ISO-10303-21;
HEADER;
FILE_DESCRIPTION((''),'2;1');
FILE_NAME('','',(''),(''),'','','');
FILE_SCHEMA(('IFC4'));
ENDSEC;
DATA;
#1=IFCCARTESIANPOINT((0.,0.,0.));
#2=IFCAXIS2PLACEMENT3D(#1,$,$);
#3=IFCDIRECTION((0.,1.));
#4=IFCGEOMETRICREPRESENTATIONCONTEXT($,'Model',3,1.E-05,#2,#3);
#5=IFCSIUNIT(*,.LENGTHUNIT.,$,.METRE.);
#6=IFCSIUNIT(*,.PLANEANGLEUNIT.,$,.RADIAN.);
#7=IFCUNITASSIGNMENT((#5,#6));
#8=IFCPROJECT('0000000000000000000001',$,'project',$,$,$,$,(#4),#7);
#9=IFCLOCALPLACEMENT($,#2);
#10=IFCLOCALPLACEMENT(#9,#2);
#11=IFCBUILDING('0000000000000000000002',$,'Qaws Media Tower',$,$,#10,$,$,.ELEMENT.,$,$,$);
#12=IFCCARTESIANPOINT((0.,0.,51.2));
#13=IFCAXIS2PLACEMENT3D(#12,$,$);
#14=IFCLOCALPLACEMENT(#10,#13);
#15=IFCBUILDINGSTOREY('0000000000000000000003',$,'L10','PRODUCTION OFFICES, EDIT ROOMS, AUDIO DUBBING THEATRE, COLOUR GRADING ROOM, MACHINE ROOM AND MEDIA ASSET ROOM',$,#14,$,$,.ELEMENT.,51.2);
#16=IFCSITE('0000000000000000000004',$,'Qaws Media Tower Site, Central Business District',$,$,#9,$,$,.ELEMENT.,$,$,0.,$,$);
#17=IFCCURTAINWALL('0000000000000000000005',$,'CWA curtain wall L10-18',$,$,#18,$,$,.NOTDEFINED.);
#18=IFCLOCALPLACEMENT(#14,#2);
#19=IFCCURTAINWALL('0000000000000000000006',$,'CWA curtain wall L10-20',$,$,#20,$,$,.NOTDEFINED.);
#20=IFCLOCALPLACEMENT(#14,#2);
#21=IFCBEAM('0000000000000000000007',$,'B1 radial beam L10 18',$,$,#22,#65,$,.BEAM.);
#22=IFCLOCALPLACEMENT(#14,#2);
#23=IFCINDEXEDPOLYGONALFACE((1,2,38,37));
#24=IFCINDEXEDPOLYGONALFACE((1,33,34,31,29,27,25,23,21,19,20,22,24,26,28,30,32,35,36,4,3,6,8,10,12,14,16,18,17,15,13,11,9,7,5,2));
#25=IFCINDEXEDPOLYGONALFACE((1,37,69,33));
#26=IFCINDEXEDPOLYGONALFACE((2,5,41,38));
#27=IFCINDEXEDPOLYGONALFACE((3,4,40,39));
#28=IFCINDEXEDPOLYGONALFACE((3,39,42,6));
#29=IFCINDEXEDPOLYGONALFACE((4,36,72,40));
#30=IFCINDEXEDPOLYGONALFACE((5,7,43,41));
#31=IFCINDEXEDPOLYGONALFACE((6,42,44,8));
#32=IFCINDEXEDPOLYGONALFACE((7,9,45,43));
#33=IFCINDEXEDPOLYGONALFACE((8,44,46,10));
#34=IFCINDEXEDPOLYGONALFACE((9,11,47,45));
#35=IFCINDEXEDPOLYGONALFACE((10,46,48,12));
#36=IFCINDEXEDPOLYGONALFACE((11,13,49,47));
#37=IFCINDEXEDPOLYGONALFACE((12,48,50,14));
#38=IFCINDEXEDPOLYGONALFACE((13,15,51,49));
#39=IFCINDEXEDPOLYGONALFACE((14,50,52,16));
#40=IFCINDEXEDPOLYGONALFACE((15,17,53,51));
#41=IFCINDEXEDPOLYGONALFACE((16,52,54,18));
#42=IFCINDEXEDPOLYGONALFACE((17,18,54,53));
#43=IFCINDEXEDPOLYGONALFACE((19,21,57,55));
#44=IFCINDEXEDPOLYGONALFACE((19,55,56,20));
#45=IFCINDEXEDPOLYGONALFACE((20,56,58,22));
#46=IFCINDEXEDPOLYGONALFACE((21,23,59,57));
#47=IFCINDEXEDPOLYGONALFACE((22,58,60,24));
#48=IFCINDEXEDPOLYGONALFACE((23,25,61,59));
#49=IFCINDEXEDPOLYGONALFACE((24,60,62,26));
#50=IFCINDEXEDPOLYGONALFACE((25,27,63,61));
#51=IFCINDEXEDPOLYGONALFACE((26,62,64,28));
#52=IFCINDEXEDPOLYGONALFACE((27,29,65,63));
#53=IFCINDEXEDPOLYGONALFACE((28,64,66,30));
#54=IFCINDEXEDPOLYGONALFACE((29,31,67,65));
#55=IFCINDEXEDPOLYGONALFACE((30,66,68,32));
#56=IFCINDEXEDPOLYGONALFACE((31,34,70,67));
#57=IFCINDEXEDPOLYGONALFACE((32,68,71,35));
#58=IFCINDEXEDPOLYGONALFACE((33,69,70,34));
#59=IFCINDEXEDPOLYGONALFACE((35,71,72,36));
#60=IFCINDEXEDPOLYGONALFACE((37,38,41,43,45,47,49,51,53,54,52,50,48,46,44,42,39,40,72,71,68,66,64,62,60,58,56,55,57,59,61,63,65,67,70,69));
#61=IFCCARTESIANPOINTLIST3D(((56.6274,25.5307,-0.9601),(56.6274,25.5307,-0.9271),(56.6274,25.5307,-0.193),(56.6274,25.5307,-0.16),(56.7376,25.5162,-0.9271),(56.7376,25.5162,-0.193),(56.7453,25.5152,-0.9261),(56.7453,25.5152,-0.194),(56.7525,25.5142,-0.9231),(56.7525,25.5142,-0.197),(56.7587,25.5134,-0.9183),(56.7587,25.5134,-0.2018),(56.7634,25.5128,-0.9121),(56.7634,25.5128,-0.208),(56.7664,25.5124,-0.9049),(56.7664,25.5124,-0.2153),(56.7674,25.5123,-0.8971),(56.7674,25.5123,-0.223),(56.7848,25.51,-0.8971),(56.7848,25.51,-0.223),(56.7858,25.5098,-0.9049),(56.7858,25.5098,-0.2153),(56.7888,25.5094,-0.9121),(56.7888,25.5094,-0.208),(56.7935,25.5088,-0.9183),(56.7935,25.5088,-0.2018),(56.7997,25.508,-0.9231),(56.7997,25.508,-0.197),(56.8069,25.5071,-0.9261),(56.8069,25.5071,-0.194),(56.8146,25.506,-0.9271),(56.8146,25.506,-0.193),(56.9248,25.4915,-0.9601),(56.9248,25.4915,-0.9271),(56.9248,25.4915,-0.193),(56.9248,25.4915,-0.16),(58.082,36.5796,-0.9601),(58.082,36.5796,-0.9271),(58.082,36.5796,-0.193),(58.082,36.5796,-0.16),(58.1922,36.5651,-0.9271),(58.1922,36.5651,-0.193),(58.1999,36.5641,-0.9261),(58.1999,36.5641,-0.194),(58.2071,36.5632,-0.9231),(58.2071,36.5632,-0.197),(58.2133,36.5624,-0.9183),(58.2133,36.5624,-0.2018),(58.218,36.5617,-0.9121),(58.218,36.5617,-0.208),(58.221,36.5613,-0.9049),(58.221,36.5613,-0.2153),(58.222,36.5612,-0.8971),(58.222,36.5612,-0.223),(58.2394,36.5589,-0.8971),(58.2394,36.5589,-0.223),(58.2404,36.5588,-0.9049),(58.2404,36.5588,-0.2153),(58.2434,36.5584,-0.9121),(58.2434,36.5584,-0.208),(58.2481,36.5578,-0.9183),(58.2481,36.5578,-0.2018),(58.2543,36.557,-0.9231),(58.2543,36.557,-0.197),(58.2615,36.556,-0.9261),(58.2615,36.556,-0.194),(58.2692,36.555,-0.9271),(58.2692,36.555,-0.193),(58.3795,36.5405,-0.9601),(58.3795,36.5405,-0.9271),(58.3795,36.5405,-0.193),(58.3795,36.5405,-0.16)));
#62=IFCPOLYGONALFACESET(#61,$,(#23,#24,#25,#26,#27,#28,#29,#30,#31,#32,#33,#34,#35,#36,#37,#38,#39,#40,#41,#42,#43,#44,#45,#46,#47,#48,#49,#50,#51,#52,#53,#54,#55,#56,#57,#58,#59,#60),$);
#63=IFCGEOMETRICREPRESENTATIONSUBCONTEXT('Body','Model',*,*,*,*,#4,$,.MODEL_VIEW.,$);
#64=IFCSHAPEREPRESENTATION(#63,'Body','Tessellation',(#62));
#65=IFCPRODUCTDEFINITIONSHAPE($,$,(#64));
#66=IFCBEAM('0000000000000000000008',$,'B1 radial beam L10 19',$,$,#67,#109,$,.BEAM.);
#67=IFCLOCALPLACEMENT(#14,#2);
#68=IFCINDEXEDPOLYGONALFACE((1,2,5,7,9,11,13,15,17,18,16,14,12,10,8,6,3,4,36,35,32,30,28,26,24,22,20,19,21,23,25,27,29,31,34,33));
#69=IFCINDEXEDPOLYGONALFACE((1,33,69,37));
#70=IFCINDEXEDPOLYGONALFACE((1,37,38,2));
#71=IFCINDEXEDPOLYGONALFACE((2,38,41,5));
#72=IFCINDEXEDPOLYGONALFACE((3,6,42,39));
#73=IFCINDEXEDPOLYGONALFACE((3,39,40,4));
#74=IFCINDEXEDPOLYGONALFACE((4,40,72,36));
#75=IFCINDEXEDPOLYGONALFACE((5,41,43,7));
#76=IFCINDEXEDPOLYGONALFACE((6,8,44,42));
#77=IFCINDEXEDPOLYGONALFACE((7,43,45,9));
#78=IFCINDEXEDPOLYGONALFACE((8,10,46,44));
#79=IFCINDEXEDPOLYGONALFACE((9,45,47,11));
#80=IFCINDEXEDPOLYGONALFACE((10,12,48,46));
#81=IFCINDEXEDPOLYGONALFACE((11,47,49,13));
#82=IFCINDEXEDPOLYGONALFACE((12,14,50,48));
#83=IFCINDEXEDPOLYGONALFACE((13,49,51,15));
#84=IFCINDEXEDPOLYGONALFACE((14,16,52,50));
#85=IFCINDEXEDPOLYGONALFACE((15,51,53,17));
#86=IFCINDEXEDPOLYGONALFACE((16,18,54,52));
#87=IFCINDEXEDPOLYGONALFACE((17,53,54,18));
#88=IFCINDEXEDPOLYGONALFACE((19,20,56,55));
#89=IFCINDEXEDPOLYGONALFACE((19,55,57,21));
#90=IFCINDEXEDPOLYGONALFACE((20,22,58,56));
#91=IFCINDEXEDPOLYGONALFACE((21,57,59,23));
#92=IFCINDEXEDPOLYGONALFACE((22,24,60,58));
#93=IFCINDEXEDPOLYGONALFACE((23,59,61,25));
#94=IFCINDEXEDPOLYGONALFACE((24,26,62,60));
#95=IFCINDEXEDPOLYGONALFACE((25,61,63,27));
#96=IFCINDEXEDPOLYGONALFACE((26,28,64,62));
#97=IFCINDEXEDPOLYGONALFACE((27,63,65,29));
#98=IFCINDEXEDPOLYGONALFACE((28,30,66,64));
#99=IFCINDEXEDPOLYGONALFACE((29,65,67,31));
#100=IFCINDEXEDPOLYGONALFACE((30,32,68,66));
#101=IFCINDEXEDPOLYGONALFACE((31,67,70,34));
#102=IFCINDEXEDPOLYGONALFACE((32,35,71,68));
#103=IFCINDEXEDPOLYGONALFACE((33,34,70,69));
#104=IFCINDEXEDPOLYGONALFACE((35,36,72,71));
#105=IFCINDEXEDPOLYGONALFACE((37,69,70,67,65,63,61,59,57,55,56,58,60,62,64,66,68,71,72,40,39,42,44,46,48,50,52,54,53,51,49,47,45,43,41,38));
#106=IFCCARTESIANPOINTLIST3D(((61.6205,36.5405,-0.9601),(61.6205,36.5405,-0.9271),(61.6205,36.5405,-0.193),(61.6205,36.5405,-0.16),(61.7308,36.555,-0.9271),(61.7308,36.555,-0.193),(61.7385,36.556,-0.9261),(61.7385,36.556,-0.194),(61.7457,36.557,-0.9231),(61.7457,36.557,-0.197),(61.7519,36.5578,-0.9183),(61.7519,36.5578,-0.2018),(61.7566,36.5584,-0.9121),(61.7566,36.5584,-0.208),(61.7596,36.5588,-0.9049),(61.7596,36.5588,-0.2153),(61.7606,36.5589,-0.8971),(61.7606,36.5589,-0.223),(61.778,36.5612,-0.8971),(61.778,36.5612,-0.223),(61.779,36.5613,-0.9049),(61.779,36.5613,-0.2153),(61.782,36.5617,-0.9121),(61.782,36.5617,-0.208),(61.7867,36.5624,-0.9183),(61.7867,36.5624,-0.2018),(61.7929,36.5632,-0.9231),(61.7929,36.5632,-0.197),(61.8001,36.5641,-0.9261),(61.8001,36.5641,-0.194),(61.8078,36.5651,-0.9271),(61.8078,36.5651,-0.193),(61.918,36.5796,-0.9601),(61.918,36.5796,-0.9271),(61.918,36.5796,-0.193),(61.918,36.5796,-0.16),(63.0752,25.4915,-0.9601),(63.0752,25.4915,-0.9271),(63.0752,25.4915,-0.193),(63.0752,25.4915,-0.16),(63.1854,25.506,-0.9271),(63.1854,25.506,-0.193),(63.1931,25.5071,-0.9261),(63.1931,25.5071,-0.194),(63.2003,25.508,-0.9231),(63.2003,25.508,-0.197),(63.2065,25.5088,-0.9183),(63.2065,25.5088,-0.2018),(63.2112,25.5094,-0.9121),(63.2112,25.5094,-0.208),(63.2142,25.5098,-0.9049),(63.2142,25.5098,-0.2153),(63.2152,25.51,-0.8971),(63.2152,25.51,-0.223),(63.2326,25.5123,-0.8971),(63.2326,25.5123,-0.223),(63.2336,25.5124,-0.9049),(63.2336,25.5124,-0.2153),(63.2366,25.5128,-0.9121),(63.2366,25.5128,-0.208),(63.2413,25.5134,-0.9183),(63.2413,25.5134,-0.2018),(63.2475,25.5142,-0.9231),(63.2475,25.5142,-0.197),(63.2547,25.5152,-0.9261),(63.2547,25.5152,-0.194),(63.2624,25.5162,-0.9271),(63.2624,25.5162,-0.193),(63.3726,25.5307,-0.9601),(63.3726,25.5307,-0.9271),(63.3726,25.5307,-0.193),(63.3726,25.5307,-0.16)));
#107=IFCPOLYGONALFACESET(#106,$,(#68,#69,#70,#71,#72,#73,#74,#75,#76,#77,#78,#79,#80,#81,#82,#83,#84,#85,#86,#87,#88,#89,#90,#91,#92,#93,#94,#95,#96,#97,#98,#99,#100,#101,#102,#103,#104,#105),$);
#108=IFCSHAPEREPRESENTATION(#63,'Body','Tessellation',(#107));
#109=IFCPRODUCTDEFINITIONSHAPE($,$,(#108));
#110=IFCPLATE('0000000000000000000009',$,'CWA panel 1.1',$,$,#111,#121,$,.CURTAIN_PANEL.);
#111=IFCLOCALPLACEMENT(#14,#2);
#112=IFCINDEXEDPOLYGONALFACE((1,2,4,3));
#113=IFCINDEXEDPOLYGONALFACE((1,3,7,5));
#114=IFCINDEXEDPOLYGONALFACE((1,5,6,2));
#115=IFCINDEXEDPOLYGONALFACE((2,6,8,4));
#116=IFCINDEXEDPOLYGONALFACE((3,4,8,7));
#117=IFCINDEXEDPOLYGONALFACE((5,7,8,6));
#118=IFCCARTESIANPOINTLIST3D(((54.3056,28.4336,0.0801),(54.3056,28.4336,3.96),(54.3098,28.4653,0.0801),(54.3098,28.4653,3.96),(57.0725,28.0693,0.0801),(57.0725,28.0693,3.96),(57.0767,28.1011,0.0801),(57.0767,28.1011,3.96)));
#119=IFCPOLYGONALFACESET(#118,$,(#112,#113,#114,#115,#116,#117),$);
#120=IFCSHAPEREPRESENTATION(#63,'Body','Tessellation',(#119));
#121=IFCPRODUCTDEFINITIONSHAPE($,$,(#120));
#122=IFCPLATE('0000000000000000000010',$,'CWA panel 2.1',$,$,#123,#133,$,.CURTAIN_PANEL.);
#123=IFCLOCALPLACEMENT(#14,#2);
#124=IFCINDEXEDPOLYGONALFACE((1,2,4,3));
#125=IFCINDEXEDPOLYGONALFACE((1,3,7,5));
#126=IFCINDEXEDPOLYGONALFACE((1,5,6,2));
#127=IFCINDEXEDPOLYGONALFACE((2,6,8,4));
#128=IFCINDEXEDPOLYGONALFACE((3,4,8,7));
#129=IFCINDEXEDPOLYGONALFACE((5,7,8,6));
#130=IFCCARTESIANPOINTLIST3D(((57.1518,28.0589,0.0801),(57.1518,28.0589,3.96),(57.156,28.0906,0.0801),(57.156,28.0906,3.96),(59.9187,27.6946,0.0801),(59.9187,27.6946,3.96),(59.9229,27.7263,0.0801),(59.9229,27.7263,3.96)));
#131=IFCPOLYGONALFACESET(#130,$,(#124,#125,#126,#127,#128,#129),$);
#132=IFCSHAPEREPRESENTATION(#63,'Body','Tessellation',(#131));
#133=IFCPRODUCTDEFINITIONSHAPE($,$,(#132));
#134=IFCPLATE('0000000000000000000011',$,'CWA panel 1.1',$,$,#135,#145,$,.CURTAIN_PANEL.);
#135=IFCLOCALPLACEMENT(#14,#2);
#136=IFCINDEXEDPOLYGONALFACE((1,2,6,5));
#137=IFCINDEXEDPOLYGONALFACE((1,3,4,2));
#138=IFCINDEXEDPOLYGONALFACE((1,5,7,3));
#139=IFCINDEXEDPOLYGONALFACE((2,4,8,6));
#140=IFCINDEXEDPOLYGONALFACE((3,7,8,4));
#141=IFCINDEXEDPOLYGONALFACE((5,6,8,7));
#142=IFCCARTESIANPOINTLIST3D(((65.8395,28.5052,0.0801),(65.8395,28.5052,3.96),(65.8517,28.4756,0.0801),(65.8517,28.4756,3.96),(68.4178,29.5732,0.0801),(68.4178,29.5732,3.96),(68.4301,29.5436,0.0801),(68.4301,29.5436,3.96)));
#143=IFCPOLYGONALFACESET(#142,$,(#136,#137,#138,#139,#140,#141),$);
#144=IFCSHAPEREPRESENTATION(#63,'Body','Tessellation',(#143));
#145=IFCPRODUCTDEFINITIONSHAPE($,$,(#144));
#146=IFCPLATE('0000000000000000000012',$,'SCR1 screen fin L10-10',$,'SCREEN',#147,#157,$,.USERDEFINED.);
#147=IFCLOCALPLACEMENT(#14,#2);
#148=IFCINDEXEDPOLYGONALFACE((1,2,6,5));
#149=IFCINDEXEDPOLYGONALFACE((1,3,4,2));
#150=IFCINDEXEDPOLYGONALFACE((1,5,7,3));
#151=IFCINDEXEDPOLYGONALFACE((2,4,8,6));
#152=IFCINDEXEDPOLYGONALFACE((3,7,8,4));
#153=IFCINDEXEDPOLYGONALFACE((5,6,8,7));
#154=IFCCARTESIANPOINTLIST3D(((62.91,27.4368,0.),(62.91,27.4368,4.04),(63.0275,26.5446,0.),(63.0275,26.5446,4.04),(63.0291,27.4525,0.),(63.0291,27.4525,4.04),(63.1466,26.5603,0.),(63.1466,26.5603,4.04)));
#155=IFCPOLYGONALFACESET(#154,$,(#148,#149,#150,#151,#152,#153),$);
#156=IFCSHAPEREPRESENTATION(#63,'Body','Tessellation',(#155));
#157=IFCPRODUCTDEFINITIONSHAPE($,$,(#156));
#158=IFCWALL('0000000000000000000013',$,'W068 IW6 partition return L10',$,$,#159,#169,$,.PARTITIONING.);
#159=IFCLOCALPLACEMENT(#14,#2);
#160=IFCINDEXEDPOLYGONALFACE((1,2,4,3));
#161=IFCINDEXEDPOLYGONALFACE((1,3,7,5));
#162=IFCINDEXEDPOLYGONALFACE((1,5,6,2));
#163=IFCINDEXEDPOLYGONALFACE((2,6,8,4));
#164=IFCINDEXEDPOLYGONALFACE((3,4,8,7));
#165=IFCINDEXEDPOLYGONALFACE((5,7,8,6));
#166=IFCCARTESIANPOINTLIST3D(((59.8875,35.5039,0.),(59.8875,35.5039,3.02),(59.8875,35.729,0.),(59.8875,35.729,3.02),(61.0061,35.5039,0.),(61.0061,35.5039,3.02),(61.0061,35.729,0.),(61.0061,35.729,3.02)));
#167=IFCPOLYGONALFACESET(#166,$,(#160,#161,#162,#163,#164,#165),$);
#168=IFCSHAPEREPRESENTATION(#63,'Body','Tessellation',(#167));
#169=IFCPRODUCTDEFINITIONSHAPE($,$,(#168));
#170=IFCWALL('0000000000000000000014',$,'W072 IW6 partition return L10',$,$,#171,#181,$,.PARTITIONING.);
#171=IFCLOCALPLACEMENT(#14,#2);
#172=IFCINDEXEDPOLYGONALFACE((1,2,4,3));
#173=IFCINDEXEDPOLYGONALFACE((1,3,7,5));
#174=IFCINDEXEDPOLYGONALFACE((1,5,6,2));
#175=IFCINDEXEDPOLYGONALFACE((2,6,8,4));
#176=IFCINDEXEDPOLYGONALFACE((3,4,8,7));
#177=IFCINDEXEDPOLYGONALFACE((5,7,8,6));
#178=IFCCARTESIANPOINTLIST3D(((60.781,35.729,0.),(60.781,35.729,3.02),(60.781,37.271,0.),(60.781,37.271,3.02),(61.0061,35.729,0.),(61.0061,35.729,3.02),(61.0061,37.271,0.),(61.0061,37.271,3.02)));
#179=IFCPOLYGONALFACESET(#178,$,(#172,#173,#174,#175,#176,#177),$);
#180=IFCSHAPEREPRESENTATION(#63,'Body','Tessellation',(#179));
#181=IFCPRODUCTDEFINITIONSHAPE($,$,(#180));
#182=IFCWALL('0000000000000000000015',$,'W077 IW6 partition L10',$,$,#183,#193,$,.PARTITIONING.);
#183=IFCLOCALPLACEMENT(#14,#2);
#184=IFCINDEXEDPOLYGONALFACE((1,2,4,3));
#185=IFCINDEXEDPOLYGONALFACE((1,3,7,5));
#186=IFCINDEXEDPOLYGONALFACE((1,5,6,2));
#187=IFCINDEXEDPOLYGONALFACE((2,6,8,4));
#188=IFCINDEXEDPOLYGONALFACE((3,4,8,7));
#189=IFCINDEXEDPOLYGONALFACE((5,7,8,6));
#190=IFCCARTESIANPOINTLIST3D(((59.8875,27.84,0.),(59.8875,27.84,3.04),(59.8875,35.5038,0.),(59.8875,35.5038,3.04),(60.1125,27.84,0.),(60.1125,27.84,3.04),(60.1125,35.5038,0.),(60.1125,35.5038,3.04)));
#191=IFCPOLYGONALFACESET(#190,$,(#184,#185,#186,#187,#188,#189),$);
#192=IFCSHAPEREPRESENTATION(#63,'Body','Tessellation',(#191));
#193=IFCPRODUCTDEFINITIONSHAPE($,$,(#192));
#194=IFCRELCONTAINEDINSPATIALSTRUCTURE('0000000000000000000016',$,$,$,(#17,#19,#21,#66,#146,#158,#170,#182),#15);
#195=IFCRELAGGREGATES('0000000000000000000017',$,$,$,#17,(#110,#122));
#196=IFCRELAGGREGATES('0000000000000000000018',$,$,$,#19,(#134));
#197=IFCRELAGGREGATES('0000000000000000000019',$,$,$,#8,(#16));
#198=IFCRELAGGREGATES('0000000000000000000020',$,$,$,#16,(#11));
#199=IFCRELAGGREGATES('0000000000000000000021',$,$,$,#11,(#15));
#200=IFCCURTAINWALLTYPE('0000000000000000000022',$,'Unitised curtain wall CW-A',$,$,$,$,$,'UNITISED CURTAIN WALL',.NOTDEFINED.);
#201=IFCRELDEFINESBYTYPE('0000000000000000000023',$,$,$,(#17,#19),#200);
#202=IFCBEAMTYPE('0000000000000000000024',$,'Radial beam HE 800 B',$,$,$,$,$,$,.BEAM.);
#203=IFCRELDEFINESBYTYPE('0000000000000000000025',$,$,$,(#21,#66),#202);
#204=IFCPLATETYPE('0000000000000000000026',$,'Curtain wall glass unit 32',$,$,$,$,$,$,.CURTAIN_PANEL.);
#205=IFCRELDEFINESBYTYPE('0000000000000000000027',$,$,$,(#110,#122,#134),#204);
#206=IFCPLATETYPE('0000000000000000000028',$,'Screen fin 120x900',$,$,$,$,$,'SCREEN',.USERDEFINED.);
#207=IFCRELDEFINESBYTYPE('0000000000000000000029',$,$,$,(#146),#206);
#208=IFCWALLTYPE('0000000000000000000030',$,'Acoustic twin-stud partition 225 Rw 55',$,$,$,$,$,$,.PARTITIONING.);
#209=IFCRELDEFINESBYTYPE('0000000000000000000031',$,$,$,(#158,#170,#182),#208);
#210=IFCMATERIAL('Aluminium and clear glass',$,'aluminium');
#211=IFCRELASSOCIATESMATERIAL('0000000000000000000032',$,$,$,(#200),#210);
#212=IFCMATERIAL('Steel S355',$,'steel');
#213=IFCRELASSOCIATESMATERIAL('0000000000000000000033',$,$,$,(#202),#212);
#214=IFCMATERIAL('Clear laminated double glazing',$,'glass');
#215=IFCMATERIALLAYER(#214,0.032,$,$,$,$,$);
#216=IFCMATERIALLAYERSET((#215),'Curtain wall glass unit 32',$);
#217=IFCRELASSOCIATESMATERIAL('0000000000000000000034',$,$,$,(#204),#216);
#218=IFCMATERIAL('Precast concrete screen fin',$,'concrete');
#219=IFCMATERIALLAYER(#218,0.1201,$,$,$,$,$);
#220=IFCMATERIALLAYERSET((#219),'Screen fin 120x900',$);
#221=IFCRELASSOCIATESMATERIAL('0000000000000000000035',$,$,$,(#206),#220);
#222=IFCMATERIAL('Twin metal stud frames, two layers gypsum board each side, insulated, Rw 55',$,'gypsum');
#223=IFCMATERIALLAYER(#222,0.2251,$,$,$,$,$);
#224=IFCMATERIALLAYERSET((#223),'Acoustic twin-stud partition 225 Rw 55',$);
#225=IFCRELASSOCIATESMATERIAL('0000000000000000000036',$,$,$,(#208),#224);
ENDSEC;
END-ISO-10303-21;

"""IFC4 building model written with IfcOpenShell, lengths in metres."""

from ifc_helpers import new_model, si_unit, direction, frame, frame_2d, origin, origin_2d, place, context, subcontext, project, spatial, rectangle, i_section, extrude, material, layer, layer_set, material_profile, profile_set, type_object, element, aggregate, save


model = new_model("IFC4")

# Units and contexts
model_context = context("Model", 3, precision=1e-05, world=origin(), true_north=direction((0.0, 1.0)))
body_context = subcontext(model_context, "Body", "Model", "MODEL_VIEW")
ifc_project = project(units=[si_unit("LENGTHUNIT", "METRE"), si_unit("PLANEANGLEUNIT", "RADIAN")], contexts=[model_context])

# Site, building, storey
site_placement = place(None, origin())
site = spatial("IfcSite", under=ifc_project, at=site_placement, Name="Qaws Media Tower Site, Central Business District", CompositionType="ELEMENT", RefElevation=0.0)
building_placement = place(site_placement, origin())
building = spatial("IfcBuilding", under=site, at=building_placement, Name="Qaws Media Tower", CompositionType="ELEMENT")
storey_placement = place(building_placement, frame((0.0, 0.0, 51.2)))
storey = spatial("IfcBuildingStorey", under=building, at=storey_placement, Name="L10", Description="PRODUCTION OFFICES, EDIT ROOMS, AUDIO DUBBING THEATRE, COLOUR GRADING ROOM, MACHINE ROOM AND MEDIA ASSET ROOM", CompositionType="ELEMENT", Elevation=51.2)

# Curtain walls
ifc_material_1 = material(Name="Aluminium and clear glass", Category="aluminium")
curtain_wall_type = type_object("IfcCurtainWallType", Name="Unitised curtain wall CW-A", ElementType="UNITISED CURTAIN WALL", PredefinedType="NOTDEFINED", material=ifc_material_1)
curtain_wall_1_placement = place(storey_placement, origin())
curtain_wall_1 = element("IfcCurtainWall", 1, at=curtain_wall_1_placement, inside=storey, type_object=curtain_wall_type, Name="CWA curtain wall L10-18", PredefinedType="NOTDEFINED")
curtain_wall_2_placement = place(storey_placement, origin())
curtain_wall_2 = element("IfcCurtainWall", 2, at=curtain_wall_2_placement, inside=storey, type_object=curtain_wall_type, Name="CWA curtain wall L10-20", PredefinedType="NOTDEFINED")

# Beams
ifc_material_2 = material(Name="Steel S355", Category="steel")
ifc_material_profile_1 = material_profile(ifc_material_2, i_section(OverallWidth=0.3, OverallDepth=0.8, WebThickness=0.0176, FlangeThickness=0.033, FilletRadius=0.03, at=origin_2d()), Name="HE 800 B")
ifc_profile_set_1 = profile_set([ifc_material_profile_1], Name="Steel S355")
beam_type_1 = type_object("IfcBeamType", Name="Radial beam HE 800 B", PredefinedType="BEAM", material=ifc_profile_set_1)
for number, where, z_axis, x_axis, name in (
    (3, (58.2307, 36.5601, -0.5601), (-0.130525, -0.991445, 0.0), (0.991445, -0.130525, 0.0), "B1 radial beam L10 18"),
    (4, (61.7693, 36.5601, -0.5601), (0.130525, -0.991445, 0.0), (0.991445, 0.130525, 0.0), "B1 radial beam L10 19"),
):
    element("IfcBeam", number, at=place(storey_placement, frame(where, z_axis=z_axis, x_axis=x_axis)), inside=storey, type_object=beam_type_1, Name=name, PredefinedType="BEAM", context=body_context, shape_type="SweptSolid", body=[
        extrude(i_section(OverallWidth=0.3, OverallDepth=0.8, WebThickness=0.0176, FlangeThickness=0.033, FilletRadius=0.03, at=origin_2d()), origin(), (0.0, 0.0, 1.0), 11.1443),
    ])

# Plates
ifc_material_3 = material(Name="Clear laminated double glazing", Category="glass")
ifc_layer_1 = layer(ifc_material_3, 0.032)
ifc_layer_set_1 = layer_set([ifc_layer_1], Name="Curtain wall glass unit 32")
plate_type_1 = type_object("IfcPlateType", Name="Curtain wall glass unit 32", PredefinedType="CURTAIN_PANEL", material=ifc_layer_set_1)
plate_1_placement = place(storey_placement, frame((55.6912, 28.2673, 0.0801), z_axis=(0.0, 0.0, 1.0), x_axis=(0.991445, -0.130526, 0.0)))
plate_1 = element("IfcPlate", 5, at=plate_1_placement, type_object=plate_type_1, Name="CWA panel 1.1", PredefinedType="CURTAIN_PANEL", context=body_context, shape_type="SweptSolid", body=[
    extrude(rectangle(XDim=2.7908, YDim=0.032, at=origin_2d()), origin(), (0.0, 0.0, 1.0), 3.8799),
])
plate_2_placement = place(storey_placement, frame((58.5374, 27.8926, 0.0801), z_axis=(0.0, 0.0, 1.0), x_axis=(0.991445, -0.130526, 0.0)))
plate_2 = element("IfcPlate", 6, at=plate_2_placement, type_object=plate_type_1, Name="CWA panel 2.1", PredefinedType="CURTAIN_PANEL", context=body_context, shape_type="SweptSolid", body=[
    extrude(rectangle(XDim=2.7908, YDim=0.032, at=origin_2d()), origin(), (0.0, 0.0, 1.0), 3.8799),
])
aggregate(curtain_wall_1, [plate_1, plate_2])
plate_3_placement = place(storey_placement, frame((67.1348, 29.0244, 0.0801), z_axis=(0.0, 0.0, 1.0), x_axis=(0.92388, 0.382683, 0.0)))
plate_3 = element("IfcPlate", 7, at=plate_3_placement, type_object=plate_type_1, Name="CWA panel 1.1", PredefinedType="CURTAIN_PANEL", context=body_context, shape_type="SweptSolid", body=[
    extrude(rectangle(XDim=2.7908, YDim=0.032, at=origin_2d()), origin(), (0.0, 0.0, 1.0), 3.8799),
])
aggregate(curtain_wall_2, [plate_3])
ifc_material_4 = material(Name="Precast concrete screen fin", Category="concrete")
ifc_layer_2 = layer(ifc_material_4, 0.1201)
ifc_layer_set_2 = layer_set([ifc_layer_2], Name="Screen fin 120x900")
plate_type_2 = type_object("IfcPlateType", Name="Screen fin 120x900", ElementType="SCREEN", PredefinedType="USERDEFINED", material=ifc_layer_set_2)
plate_4_placement = place(storey_placement, frame((63.0283, 26.9985, 0.0), z_axis=(0.0, 0.0, 1.0), x_axis=(0.130526, -0.991445, 0.0)))
element("IfcPlate", 8, at=plate_4_placement, inside=storey, type_object=plate_type_2, Name="SCR1 screen fin L10-10", ObjectType="SCREEN", PredefinedType="USERDEFINED", context=body_context, shape_type="SweptSolid", body=[
    extrude(rectangle(XDim=0.8999, YDim=0.1201, at=origin_2d()), origin(), (0.0, 0.0, 1.0), 4.04),
])

# Walls
ifc_material_5 = material(Name="Twin metal stud frames, two layers gypsum board each side, insulated, Rw 55", Category="gypsum")
ifc_layer_3 = layer(ifc_material_5, 0.2251)
ifc_layer_set_3 = layer_set([ifc_layer_3], Name="Acoustic twin-stud partition 225 Rw 55")
wall_type_1 = type_object("IfcWallType", Name="Acoustic twin-stud partition 225 Rw 55", PredefinedType="PARTITIONING", material=ifc_layer_set_3)
wall_1_placement = place(storey_placement, frame((59.8875, 35.6165, 0.0), z_axis=(0.0, 0.0, 1.0), x_axis=(1.0, 0.0, 0.0)))
element("IfcWall", 9, at=wall_1_placement, inside=storey, type_object=wall_type_1, Name="W068 IW6 partition return L10", PredefinedType="PARTITIONING", context=body_context, shape_type="SweptSolid", body=[
    extrude(rectangle(XDim=1.1187, YDim=0.2251, at=frame_2d((0.5593, 0.0))), origin(), (0.0, 0.0, 1.0), 3.02),
])
wall_2_placement = place(storey_placement, frame((60.8936, 37.271, 0.0), z_axis=(0.0, 0.0, 1.0), x_axis=(0.0, -1.0, 0.0)))
element("IfcWall", 10, at=wall_2_placement, inside=storey, type_object=wall_type_1, Name="W072 IW6 partition return L10", PredefinedType="PARTITIONING", context=body_context, shape_type="SweptSolid", body=[
    extrude(rectangle(XDim=1.542, YDim=0.2251, at=frame_2d((0.771, 0.0))), origin(), (0.0, 0.0, 1.0), 3.02),
])
wall_3_placement = place(storey_placement, frame((60.0, 35.5039, 0.0), z_axis=(0.0, 0.0, 1.0), x_axis=(0.0, -1.0, 0.0)))
element("IfcWall", 11, at=wall_3_placement, inside=storey, type_object=wall_type_1, Name="W077 IW6 partition L10", PredefinedType="PARTITIONING", context=body_context, shape_type="SweptSolid", body=[
    extrude(rectangle(XDim=7.6638, YDim=0.2251, at=frame_2d((3.832, 0.0))), origin(), (0.0, 0.0, 1.0), 3.04),
])

save(model, "model.ifc")
